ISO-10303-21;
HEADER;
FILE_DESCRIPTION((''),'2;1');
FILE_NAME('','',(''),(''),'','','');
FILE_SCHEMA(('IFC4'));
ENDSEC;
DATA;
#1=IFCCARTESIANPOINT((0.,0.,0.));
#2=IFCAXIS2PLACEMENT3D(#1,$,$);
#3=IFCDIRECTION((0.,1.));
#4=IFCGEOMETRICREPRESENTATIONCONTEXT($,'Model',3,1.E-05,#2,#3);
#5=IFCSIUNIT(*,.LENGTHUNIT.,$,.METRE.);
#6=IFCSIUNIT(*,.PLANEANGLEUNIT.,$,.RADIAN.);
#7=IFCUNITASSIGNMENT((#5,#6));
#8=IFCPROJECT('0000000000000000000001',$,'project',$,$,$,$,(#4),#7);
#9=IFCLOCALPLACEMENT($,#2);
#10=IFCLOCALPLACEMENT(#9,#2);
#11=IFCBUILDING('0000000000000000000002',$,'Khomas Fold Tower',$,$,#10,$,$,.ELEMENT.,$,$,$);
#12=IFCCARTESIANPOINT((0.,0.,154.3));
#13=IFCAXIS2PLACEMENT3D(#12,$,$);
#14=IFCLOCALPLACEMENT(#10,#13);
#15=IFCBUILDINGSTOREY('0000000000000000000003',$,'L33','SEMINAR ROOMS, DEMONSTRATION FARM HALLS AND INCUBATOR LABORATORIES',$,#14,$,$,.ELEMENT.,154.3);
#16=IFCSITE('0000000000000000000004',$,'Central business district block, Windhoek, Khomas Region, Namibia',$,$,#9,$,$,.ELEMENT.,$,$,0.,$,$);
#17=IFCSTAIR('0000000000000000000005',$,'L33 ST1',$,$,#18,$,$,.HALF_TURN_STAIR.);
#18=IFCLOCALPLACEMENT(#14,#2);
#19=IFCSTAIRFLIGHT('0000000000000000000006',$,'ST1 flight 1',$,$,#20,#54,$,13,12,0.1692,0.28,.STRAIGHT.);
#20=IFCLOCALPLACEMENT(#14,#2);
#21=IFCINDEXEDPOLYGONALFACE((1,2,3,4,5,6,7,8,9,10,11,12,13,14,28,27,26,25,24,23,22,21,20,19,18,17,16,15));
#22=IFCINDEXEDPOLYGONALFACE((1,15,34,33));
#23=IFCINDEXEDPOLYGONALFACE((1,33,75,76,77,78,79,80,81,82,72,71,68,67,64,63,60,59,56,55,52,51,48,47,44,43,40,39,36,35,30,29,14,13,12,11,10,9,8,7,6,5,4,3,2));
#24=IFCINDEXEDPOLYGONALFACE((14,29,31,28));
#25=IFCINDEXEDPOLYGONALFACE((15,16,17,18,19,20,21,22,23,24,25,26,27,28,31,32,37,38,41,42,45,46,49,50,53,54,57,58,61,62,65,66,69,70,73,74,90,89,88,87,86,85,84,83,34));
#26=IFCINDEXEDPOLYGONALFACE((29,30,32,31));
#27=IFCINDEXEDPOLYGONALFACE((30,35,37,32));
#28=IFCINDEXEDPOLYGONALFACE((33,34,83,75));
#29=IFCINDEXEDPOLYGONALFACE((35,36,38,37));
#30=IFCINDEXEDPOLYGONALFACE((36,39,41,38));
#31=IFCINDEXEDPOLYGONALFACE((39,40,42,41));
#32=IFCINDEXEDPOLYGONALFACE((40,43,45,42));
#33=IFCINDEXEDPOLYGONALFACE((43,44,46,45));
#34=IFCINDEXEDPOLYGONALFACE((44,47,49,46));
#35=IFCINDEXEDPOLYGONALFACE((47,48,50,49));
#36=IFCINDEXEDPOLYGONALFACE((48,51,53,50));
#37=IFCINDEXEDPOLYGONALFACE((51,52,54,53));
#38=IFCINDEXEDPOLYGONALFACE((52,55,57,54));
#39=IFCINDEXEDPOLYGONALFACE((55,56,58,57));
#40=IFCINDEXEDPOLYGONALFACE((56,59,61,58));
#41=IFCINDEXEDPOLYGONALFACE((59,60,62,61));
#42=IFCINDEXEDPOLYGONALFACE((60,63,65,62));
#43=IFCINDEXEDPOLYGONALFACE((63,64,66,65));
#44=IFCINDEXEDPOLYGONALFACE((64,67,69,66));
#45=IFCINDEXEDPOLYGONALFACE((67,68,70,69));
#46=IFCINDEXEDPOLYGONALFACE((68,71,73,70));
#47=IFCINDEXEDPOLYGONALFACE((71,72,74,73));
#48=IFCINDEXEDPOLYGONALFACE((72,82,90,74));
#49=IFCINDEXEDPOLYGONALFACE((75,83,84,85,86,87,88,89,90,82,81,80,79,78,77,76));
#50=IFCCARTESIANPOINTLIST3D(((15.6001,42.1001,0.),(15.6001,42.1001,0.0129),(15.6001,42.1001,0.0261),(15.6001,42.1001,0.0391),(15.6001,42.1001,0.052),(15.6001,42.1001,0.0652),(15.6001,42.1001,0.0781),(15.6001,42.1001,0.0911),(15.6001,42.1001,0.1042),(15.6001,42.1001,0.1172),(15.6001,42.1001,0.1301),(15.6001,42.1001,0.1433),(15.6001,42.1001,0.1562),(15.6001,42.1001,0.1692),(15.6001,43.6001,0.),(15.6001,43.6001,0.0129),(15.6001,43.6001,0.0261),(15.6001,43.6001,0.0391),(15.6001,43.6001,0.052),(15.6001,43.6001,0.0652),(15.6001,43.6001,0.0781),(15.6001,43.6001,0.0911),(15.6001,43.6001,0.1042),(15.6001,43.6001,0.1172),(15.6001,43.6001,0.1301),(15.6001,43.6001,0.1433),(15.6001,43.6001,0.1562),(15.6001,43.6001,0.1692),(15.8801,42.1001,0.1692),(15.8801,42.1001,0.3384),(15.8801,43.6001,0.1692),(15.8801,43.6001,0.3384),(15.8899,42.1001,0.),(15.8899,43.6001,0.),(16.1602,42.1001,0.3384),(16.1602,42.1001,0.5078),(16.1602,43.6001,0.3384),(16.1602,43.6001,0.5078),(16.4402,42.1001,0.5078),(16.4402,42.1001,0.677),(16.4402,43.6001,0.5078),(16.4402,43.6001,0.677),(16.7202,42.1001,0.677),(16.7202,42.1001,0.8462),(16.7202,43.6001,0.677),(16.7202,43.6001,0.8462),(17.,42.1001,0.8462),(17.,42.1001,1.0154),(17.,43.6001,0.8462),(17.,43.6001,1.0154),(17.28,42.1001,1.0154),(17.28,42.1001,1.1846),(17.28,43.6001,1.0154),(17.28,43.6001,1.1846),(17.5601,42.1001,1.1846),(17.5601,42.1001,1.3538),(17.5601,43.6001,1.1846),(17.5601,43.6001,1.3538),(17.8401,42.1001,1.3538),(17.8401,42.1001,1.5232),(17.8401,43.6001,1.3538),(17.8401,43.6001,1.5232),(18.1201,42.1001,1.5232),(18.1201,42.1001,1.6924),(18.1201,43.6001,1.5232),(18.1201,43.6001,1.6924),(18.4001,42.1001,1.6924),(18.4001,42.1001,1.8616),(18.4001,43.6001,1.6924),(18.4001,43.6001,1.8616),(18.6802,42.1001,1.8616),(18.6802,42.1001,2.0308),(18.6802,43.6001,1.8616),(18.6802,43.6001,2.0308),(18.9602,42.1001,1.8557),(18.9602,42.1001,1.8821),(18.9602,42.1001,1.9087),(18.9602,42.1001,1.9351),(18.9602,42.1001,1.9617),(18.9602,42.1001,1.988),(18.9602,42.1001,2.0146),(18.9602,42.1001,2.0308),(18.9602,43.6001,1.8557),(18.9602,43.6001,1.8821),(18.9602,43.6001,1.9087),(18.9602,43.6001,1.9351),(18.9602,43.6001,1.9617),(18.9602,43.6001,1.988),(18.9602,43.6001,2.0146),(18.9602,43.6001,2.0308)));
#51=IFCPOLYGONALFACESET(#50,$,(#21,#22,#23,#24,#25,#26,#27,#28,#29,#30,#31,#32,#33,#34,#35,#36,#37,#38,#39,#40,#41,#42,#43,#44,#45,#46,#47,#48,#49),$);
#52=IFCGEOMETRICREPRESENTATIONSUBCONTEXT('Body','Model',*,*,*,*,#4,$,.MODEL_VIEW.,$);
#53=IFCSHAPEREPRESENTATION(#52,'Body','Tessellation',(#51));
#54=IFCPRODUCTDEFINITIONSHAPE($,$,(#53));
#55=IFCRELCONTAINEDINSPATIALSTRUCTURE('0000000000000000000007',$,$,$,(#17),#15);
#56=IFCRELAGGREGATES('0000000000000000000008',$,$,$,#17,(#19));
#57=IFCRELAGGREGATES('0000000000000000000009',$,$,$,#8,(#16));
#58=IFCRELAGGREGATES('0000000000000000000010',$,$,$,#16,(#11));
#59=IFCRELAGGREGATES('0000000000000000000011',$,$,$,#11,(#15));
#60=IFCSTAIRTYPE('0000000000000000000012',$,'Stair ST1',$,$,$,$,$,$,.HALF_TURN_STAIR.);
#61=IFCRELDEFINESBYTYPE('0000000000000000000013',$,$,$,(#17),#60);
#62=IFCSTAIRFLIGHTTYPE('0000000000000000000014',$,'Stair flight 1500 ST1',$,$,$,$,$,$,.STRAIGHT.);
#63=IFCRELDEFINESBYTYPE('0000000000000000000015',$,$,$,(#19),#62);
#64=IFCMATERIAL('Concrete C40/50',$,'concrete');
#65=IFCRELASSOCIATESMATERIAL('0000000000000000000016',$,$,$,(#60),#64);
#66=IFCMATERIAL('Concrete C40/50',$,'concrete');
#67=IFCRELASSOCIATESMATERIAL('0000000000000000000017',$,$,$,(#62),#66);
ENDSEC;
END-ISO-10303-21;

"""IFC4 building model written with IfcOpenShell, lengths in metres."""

from ifc_helpers import new_model, si_unit, direction, frame, origin, place, context, subcontext, project, spatial, polyline, outline, extrude, source, transform, mapped, material, type_object, element, aggregate, save


model = new_model("IFC4")

# Units and contexts
model_context = context("Model", 3, precision=1e-05, world=origin(), true_north=direction((0.0, 1.0)))
body_context = subcontext(model_context, "Body", "Model", "MODEL_VIEW")
ifc_project = project(units=[si_unit("LENGTHUNIT", "METRE"), si_unit("PLANEANGLEUNIT", "RADIAN")], contexts=[model_context])

# Site, building, storey
site_placement = place(None, origin())
site = spatial("IfcSite", under=ifc_project, at=site_placement, Name="Central business district block, Windhoek, Khomas Region, Namibia", CompositionType="ELEMENT", RefElevation=0.0)
building_placement = place(site_placement, origin())
building = spatial("IfcBuilding", under=site, at=building_placement, Name="Khomas Fold Tower", CompositionType="ELEMENT")
storey_placement = place(building_placement, frame((0.0, 0.0, 154.3)))
storey = spatial("IfcBuildingStorey", under=building, at=storey_placement, Name="L33", Description="SEMINAR ROOMS, DEMONSTRATION FARM HALLS AND INCUBATOR LABORATORIES", CompositionType="ELEMENT", Elevation=154.3)

# Stair, stair flight
ifc_material_1 = material(Name="Concrete C40/50", Category="concrete")
stair_type = type_object("IfcStairType", Name="Stair ST1", PredefinedType="HALF_TURN_STAIR", material=ifc_material_1)
stair_placement = place(storey_placement, origin())
stair = element("IfcStair", 1, at=stair_placement, inside=storey, type_object=stair_type, Name="L33 ST1", PredefinedType="HALF_TURN_STAIR")
ifc_material_2 = material(Name="Concrete C40/50", Category="concrete")
stair_flight_type = type_object("IfcStairFlightType", Name="Stair flight 1500 ST1", PredefinedType="STRAIGHT", material=ifc_material_2)
shared_shape_1 = source(origin(), body_context, "Body", "SweptSolid", [
    extrude(outline(polyline([(0.0, 0.0), (0.0, 0.0129), (0.0, 0.0261), (0.0, 0.0391), (0.0, 0.052), (0.0, 0.0652), (0.0, 0.0781), (0.0, 0.0911), (0.0, 0.1042), (0.0, 0.1172), (0.0, 0.1301), (0.0, 0.1433), (0.0, 0.1562), (0.0, 0.1692), (0.28, 0.1692), (0.28, 0.3384), (0.5601, 0.3384), (0.5601, 0.5078), (0.8401, 0.5078), (0.8401, 0.677), (1.1201, 0.677), (1.1201, 0.8462), (1.3999, 0.8462), (1.3999, 1.0154), (1.6799, 1.0154), (1.6799, 1.1846), (1.96, 1.1846), (1.96, 1.3538), (2.24, 1.3538), (2.24, 1.5232), (2.52, 1.5232), (2.52, 1.6924), (2.8, 1.6924), (2.8, 1.8616), (3.0801, 1.8616), (3.0801, 2.0308), (3.3601, 2.0308), (3.3601, 2.2), (3.3601, 2.1736), (3.3601, 2.147), (3.3601, 2.1206), (3.3601, 2.094), (3.3601, 2.0676), (3.3601, 2.041), (3.3601, 2.0146), (3.3601, 1.988), (3.3601, 1.9617), (3.3601, 1.9351), (3.3601, 1.9087), (3.3601, 1.8821), (3.3601, 1.8557), (0.2898, 0.0), (0.0, 0.0)])), frame((0.0, 0.75, 0.0), z_axis=(0.0, -1.0, 0.0), x_axis=(1.0, 0.0, 0.0)), (0.0, 0.0, 1.0), 1.5),
])
stair_flight_placement = place(storey_placement, frame((15.6001, 42.8501, 0.0), z_axis=(0.0, 0.0, 1.0), x_axis=(1.0, 0.0, 0.0)))
stair_flight = element("IfcStairFlight", 2, at=stair_flight_placement, type_object=stair_flight_type, Name="ST1 flight 1", NumberOfRisers=13, NumberOfTreads=12, PredefinedType="STRAIGHT", RiserHeight=0.1692, TreadLength=0.28, context=body_context, shape_type="MappedRepresentation", body=[
    mapped(shared_shape_1, transform((0.0, 0.0, 0.0))),
])
aggregate(stair, [stair_flight])

save(model, "model.ifc")
